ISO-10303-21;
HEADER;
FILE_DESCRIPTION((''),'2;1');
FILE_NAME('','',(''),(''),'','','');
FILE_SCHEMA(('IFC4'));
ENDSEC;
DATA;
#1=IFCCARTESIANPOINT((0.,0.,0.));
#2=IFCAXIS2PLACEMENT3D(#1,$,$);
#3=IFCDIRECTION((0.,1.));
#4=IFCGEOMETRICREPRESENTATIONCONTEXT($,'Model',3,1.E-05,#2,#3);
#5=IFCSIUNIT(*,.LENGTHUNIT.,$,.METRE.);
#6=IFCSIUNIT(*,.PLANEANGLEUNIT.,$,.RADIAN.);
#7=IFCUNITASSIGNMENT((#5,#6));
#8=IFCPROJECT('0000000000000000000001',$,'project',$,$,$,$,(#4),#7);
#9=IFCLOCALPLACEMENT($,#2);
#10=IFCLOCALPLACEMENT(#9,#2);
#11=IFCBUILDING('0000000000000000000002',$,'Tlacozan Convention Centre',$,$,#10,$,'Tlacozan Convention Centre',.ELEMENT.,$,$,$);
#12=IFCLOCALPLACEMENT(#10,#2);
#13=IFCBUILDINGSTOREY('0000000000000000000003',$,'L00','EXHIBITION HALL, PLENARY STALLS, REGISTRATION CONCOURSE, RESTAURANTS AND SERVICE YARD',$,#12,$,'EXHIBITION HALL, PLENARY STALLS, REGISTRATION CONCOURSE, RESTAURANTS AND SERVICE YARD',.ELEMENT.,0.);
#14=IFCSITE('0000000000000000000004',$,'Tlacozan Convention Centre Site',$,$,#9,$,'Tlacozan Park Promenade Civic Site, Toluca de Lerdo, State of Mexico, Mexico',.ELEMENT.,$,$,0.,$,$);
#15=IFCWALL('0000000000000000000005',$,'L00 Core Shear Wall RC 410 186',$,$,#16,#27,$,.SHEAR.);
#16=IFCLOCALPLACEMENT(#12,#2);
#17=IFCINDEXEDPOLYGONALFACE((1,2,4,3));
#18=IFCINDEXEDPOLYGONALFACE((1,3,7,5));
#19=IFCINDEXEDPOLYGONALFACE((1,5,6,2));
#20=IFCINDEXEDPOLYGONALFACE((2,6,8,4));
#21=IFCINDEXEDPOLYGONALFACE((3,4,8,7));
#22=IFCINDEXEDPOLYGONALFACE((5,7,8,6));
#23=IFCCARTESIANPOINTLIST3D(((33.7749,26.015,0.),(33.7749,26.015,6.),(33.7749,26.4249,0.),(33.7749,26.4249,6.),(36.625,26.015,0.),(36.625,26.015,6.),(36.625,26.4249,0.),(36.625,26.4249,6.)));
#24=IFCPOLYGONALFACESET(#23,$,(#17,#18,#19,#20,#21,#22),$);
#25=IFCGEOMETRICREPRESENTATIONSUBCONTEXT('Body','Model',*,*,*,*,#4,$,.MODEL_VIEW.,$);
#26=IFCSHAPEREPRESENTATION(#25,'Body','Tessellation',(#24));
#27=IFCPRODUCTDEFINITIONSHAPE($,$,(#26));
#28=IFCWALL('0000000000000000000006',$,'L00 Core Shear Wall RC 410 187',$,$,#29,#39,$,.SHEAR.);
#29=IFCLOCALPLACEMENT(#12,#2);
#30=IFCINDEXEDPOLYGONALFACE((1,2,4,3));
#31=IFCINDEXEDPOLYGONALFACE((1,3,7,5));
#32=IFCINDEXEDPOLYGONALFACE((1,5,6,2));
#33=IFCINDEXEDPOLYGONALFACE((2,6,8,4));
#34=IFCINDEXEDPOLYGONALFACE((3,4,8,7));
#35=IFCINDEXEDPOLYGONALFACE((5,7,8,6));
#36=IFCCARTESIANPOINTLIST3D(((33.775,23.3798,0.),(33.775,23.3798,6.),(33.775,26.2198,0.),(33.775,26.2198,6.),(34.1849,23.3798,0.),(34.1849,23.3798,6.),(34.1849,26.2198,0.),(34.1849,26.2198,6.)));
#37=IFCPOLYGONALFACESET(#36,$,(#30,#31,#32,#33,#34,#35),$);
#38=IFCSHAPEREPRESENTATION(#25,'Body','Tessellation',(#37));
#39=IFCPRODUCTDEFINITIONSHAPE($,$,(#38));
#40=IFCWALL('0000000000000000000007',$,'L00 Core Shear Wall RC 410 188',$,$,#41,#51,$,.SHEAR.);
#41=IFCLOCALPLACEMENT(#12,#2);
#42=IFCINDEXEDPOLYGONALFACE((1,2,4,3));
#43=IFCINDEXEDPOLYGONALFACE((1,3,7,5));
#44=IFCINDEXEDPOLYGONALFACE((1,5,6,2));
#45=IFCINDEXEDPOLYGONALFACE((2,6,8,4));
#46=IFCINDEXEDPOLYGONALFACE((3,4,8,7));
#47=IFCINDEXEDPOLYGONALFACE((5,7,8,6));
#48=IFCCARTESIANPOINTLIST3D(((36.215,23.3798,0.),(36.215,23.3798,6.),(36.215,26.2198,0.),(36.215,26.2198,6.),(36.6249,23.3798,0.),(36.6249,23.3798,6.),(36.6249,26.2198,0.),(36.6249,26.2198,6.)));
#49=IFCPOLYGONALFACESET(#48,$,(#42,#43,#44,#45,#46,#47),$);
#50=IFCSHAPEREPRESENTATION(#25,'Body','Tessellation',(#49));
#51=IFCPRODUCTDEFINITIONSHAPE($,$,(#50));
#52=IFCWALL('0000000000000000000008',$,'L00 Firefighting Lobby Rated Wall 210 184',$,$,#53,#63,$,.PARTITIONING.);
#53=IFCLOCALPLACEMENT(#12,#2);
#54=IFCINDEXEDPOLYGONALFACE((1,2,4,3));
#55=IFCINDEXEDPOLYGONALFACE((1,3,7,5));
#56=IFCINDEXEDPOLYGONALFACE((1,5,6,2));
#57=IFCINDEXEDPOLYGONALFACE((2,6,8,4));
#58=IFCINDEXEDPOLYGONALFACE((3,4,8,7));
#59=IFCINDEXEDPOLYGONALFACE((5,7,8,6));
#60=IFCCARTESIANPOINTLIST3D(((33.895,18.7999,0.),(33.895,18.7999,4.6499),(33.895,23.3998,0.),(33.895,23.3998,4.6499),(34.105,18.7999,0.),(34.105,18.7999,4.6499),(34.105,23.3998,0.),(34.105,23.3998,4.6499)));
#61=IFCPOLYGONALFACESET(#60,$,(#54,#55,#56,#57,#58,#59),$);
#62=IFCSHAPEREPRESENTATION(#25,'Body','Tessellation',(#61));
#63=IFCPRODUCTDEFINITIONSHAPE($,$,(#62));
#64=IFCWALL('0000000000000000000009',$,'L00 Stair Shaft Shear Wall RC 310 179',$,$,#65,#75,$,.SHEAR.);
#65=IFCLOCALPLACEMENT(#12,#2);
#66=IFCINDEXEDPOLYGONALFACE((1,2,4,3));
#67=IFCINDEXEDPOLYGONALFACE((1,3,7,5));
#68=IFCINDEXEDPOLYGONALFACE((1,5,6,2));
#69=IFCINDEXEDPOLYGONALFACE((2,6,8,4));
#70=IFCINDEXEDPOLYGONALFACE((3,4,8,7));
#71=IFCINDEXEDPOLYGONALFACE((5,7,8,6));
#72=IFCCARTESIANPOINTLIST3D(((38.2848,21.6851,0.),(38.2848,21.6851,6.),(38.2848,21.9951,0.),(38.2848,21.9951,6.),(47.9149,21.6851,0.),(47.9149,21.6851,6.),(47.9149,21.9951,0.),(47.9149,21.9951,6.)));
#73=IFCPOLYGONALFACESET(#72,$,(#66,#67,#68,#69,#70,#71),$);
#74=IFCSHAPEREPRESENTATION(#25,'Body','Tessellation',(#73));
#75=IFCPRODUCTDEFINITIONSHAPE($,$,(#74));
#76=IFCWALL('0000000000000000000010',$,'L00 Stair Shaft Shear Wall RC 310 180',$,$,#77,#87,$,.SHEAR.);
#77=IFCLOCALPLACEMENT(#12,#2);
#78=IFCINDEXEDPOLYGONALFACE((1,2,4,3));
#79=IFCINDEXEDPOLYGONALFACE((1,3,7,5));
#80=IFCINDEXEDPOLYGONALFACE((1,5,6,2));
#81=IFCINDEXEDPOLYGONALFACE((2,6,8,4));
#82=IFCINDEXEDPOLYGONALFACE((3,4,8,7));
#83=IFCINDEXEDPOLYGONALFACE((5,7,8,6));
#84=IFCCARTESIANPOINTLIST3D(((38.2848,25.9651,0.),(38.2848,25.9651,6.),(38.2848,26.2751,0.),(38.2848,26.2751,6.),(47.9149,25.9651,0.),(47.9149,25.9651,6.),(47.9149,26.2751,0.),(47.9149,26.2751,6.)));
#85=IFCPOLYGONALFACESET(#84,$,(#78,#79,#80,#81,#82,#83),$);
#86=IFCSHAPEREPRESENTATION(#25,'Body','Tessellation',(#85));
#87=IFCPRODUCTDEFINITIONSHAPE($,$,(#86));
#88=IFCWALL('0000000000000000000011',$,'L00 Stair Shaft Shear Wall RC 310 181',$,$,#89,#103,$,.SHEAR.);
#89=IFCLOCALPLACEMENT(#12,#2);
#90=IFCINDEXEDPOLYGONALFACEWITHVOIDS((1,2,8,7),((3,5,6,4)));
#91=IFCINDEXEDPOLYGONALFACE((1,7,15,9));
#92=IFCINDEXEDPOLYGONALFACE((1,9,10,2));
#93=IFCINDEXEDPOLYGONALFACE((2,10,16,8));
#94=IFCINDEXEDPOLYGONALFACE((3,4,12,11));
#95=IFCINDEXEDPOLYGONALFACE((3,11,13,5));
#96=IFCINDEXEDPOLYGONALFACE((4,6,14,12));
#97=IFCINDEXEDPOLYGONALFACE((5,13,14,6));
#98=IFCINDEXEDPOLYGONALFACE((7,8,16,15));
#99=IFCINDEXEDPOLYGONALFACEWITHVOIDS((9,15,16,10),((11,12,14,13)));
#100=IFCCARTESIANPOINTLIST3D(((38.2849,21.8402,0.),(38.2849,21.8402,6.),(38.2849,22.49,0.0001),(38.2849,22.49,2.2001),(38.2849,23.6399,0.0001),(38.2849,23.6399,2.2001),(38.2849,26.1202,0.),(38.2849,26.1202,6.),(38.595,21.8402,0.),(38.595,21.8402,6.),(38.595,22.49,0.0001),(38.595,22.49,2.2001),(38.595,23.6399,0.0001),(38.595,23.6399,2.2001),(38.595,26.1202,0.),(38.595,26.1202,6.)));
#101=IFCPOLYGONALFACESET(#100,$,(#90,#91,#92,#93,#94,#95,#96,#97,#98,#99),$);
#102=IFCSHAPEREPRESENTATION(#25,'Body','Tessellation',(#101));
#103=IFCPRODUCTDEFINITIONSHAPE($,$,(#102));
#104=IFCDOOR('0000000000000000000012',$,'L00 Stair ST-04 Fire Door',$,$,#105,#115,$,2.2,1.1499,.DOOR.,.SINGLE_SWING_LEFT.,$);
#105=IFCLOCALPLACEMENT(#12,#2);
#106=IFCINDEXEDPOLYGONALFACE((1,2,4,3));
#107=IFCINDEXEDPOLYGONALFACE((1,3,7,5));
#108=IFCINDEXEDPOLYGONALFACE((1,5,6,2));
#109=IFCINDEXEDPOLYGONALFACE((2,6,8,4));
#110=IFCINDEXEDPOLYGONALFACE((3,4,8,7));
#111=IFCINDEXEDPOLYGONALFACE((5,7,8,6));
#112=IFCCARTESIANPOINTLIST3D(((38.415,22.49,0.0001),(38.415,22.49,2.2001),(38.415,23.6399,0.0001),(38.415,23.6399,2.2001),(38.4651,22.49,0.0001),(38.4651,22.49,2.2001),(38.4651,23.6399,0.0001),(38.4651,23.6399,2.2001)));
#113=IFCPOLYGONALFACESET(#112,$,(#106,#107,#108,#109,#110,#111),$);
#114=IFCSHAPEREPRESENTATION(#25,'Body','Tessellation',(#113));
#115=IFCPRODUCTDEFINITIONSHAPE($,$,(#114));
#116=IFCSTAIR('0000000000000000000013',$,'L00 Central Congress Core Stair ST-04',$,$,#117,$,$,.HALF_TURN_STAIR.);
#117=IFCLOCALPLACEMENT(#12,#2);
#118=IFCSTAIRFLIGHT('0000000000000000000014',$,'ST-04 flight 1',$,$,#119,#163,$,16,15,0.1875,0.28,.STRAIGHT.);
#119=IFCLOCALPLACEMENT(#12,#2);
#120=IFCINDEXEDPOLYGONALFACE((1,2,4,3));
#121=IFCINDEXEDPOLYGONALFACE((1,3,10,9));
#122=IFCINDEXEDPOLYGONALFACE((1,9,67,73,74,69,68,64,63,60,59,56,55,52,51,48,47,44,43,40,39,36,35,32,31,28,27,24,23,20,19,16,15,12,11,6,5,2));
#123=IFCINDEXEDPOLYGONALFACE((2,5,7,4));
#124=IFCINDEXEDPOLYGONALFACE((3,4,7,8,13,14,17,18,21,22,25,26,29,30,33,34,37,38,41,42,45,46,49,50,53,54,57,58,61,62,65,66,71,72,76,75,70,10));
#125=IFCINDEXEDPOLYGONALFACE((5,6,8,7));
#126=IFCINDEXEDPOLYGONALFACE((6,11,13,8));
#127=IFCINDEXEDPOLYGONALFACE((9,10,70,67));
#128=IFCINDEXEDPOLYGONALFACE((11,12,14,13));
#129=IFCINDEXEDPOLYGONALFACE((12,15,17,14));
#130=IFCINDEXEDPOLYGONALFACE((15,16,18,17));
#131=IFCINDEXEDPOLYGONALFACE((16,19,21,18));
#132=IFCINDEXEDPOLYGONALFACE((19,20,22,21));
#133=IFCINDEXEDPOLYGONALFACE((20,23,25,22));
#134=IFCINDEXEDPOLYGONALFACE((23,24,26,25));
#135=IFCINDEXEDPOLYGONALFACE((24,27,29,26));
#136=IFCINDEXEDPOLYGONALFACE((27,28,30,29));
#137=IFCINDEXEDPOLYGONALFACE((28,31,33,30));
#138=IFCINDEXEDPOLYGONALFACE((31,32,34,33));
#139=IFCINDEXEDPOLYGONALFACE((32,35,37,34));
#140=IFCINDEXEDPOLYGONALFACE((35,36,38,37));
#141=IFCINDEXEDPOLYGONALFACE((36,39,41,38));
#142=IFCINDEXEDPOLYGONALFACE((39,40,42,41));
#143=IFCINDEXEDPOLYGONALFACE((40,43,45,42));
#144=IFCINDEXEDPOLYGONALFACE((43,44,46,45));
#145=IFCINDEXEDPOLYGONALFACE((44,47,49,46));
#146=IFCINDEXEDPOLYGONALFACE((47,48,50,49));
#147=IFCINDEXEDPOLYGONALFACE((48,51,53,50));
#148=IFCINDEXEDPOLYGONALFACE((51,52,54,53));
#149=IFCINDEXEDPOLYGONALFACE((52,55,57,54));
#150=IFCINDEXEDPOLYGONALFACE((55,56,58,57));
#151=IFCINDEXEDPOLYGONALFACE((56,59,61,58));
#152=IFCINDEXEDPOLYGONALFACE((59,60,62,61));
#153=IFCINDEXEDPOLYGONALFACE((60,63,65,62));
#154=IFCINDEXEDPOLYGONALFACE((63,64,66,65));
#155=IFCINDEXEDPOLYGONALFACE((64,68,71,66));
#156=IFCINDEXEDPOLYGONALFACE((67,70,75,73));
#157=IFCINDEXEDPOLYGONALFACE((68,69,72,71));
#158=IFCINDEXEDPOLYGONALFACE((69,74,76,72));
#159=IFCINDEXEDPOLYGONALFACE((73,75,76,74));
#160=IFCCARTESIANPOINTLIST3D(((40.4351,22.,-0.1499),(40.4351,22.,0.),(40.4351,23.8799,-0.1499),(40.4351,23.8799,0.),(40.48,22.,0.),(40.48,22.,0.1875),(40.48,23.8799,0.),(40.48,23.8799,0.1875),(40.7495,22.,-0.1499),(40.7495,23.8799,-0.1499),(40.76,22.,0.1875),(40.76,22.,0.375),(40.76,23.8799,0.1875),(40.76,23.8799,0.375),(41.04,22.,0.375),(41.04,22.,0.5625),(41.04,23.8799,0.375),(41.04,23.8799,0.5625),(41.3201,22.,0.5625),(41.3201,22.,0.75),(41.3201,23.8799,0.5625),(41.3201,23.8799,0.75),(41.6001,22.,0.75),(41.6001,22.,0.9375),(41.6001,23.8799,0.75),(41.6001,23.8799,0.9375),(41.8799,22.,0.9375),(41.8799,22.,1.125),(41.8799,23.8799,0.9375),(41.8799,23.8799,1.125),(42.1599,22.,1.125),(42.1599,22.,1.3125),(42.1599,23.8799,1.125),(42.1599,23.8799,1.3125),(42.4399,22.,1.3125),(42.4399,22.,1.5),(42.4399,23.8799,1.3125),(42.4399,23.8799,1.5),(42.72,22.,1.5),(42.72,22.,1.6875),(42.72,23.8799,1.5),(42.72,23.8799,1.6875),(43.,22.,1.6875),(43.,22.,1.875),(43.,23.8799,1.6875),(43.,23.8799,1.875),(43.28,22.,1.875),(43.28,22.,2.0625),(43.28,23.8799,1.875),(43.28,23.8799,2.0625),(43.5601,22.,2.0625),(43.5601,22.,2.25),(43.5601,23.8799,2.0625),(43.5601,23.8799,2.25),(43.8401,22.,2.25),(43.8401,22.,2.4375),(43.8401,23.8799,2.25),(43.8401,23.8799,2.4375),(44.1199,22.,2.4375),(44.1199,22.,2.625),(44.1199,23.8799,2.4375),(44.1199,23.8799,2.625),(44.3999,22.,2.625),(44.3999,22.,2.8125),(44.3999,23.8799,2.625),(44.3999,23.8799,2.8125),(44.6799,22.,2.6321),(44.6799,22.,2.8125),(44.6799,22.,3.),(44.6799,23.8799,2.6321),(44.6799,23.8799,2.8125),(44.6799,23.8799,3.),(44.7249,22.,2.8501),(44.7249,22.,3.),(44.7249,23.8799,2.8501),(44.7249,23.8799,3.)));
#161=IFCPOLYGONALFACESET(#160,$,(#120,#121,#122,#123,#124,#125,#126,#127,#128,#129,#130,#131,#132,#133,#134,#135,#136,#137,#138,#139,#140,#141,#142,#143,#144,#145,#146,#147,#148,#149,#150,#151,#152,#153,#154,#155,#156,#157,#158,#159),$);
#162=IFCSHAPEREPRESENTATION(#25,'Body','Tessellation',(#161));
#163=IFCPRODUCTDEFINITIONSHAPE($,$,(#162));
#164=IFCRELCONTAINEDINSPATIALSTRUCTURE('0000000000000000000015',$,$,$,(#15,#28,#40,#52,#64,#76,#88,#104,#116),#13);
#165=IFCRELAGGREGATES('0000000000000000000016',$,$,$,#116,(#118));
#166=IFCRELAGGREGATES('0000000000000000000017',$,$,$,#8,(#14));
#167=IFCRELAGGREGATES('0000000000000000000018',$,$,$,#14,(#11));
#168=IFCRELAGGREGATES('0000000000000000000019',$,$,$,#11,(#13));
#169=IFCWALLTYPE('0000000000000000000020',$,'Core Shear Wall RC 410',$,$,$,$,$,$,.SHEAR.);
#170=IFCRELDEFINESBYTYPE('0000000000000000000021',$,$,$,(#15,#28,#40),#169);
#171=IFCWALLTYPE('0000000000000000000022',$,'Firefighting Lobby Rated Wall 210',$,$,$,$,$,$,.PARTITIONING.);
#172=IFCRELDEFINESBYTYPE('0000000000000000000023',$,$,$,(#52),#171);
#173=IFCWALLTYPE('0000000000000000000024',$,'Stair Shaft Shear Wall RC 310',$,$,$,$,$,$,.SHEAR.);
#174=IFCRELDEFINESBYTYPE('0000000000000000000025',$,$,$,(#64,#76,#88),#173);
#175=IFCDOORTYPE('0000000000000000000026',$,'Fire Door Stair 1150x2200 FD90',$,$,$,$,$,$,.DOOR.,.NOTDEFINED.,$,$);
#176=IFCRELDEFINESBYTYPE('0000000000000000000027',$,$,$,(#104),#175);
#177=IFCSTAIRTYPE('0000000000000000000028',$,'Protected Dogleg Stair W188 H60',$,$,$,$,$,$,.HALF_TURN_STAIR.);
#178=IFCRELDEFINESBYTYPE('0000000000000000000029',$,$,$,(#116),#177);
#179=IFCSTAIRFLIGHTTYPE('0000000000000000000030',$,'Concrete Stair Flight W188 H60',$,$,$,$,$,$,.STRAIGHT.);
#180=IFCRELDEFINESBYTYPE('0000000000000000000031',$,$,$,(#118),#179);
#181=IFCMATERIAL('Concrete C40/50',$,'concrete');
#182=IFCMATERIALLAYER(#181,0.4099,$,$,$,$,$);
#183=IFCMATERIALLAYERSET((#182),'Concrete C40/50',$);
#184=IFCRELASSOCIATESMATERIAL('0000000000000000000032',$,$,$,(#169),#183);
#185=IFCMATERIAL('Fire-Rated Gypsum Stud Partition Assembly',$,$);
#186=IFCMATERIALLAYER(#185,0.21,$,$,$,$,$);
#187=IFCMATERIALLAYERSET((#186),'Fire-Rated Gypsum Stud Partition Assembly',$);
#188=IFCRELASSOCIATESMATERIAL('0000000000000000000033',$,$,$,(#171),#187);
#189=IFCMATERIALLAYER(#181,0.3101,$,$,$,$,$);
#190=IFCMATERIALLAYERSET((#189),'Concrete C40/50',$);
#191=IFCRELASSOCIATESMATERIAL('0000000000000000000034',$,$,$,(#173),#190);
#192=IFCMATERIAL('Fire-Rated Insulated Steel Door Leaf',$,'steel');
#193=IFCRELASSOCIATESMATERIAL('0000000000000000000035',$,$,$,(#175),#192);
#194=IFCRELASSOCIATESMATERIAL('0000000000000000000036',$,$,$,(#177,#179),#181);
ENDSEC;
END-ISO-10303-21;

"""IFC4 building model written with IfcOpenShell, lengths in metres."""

from ifc_helpers import new_model, si_unit, direction, frame, frame_2d, origin, place, context, subcontext, project, spatial, polyline, rectangle, outline, extrude, material, layer, layer_set, type_object, element, fill, aggregate, save


model = new_model("IFC4")

# Units and contexts
model_context = context("Model", 3, precision=1e-05, world=origin(), true_north=direction((0.0, 1.0)))
body_context = subcontext(model_context, "Body", "Model", "MODEL_VIEW")
ifc_project = project(units=[si_unit("LENGTHUNIT", "METRE"), si_unit("PLANEANGLEUNIT", "RADIAN")], contexts=[model_context])

# Site, building, storey
site_placement = place(None, origin())
site = spatial("IfcSite", under=ifc_project, at=site_placement, Name="Tlacozan Convention Centre Site", LongName="Tlacozan Park Promenade Civic Site, Toluca de Lerdo, State of Mexico, Mexico", CompositionType="ELEMENT", RefElevation=0.0)
building_placement = place(site_placement, origin())
building = spatial("IfcBuilding", under=site, at=building_placement, Name="Tlacozan Convention Centre", LongName="Tlacozan Convention Centre", CompositionType="ELEMENT")
storey_placement = place(building_placement, origin())
storey = spatial("IfcBuildingStorey", under=building, at=storey_placement, Name="L00", Description="EXHIBITION HALL, PLENARY STALLS, REGISTRATION CONCOURSE, RESTAURANTS AND SERVICE YARD", LongName="EXHIBITION HALL, PLENARY STALLS, REGISTRATION CONCOURSE, RESTAURANTS AND SERVICE YARD", CompositionType="ELEMENT", Elevation=0.0)

# Shared definitions
ifc_material_1 = material(Name="Concrete C40/50", Category="concrete")
ifc_layer_1 = layer(ifc_material_1, 0.4099)
ifc_layer_set_1 = layer_set([ifc_layer_1], Name="Concrete C40/50")
wall_type_1 = type_object("IfcWallType", Name="Core Shear Wall RC 410", PredefinedType="SHEAR", material=ifc_layer_set_1)

# Walls
wall_1_placement = place(storey_placement, frame((33.7749, 26.22, 0.0), z_axis=(0.0, 0.0, 1.0), x_axis=(1.0, 0.0, 0.0)))
element("IfcWall", 1, at=wall_1_placement, inside=storey, type_object=wall_type_1, Name="L00 Core Shear Wall RC 410 186", PredefinedType="SHEAR", context=body_context, shape_type="SweptSolid", body=[
    extrude(rectangle(XDim=2.8501, YDim=0.4099, at=frame_2d((1.425, 0.0))), origin(), (0.0, 0.0, 1.0), 6.0),
])
for number, where, z_axis, x_axis, name in (
    (2, (33.98, 23.3799, 0.0), (0.0, 0.0, 1.0), (0.0, 1.0, 0.0), "L00 Core Shear Wall RC 410 187"),
    (3, (36.4199, 23.3799, 0.0), (0.0, 0.0, 1.0), (0.0, 1.0, 0.0), "L00 Core Shear Wall RC 410 188"),
):
    element("IfcWall", number, at=place(storey_placement, frame(where, z_axis=z_axis, x_axis=x_axis)), inside=storey, type_object=wall_type_1, Name=name, PredefinedType="SHEAR", context=body_context, shape_type="SweptSolid", body=[
        extrude(rectangle(XDim=2.8401, YDim=0.4099, at=frame_2d((1.4199, 0.0))), origin(), (0.0, 0.0, 1.0), 6.0),
    ])

# Shared definitions
ifc_material_2 = material(Name="Fire-Rated Gypsum Stud Partition Assembly")
ifc_layer_2 = layer(ifc_material_2, 0.21)
ifc_layer_set_2 = layer_set([ifc_layer_2], Name="Fire-Rated Gypsum Stud Partition Assembly")
wall_type_2 = type_object("IfcWallType", Name="Firefighting Lobby Rated Wall 210", PredefinedType="PARTITIONING", material=ifc_layer_set_2)
ifc_material_3 = material(Name="Fire-Rated Insulated Steel Door Leaf", Category="steel")

# Walls
wall_2_placement = place(storey_placement, frame((34.0, 18.8, 0.0), z_axis=(0.0, 0.0, 1.0), x_axis=(0.0, 1.0, 0.0)))
element("IfcWall", 4, at=wall_2_placement, inside=storey, type_object=wall_type_2, Name="L00 Firefighting Lobby Rated Wall 210 184", PredefinedType="PARTITIONING", context=body_context, shape_type="SweptSolid", body=[
    extrude(rectangle(XDim=4.5999, YDim=0.21, at=frame_2d((2.2998, 0.0))), origin(), (0.0, 0.0, 1.0), 4.6499),
])
ifc_layer_3 = layer(ifc_material_1, 0.3101)
ifc_layer_set_3 = layer_set([ifc_layer_3], Name="Concrete C40/50")
wall_type_3 = type_object("IfcWallType", Name="Stair Shaft Shear Wall RC 310", PredefinedType="SHEAR", material=ifc_layer_set_3)
for number, where, z_axis, x_axis, name in (
    (5, (38.2849, 21.8401, 0.0), (0.0, 0.0, 1.0), (1.0, 0.0, 0.0), "L00 Stair Shaft Shear Wall RC 310 179"),
    (6, (38.2849, 26.1201, 0.0), (0.0, 0.0, 1.0), (1.0, 0.0, 0.0), "L00 Stair Shaft Shear Wall RC 310 180"),
):
    element("IfcWall", number, at=place(storey_placement, frame(where, z_axis=z_axis, x_axis=x_axis)), inside=storey, type_object=wall_type_3, Name=name, PredefinedType="SHEAR", context=body_context, shape_type="SweptSolid", body=[
        extrude(rectangle(XDim=9.6301, YDim=0.3101, at=frame_2d((4.8149, 0.0))), origin(), (0.0, 0.0, 1.0), 6.0),
    ])

# Wall, opening, door
wall_3_placement = place(storey_placement, frame((38.4399, 21.8401, 0.0), z_axis=(0.0, 0.0, 1.0), x_axis=(0.0, 1.0, 0.0)))
wall_3 = element("IfcWall", 7, at=wall_3_placement, inside=storey, type_object=wall_type_3, Name="L00 Stair Shaft Shear Wall RC 310 181", PredefinedType="SHEAR", context=body_context, shape_type="SweptSolid", body=[
    extrude(rectangle(XDim=4.28, YDim=0.3101, at=frame_2d((2.1401, 0.0))), origin(), (0.0, 0.0, 1.0), 6.0),
])
opening_1_placement = place(wall_3_placement, frame((0.6499, 0.0, 0.0)))
opening_1 = element("IfcOpeningElement", 8, at=opening_1_placement, cuts=wall_3, PredefinedType="OPENING", context=body_context, shape_type="SweptSolid", body=[
    extrude(rectangle(XDim=1.1499, YDim=2.2, at=frame_2d((0.575, 1.1001))), frame((0.0, 0.165, 0.0), z_axis=(0.0, -1.0, 0.0), x_axis=(1.0, 0.0, 0.0)), (0.0, 0.0, 1.0), 0.3301),
])
door_type_1 = type_object("IfcDoorType", Name="Fire Door Stair 1150x2200 FD90", OperationType="NOTDEFINED", PredefinedType="DOOR", material=ifc_material_3)
door_1_placement = place(opening_1_placement, origin())
door_1 = element("IfcDoor", 9, at=door_1_placement, inside=storey, type_object=door_type_1, Name="L00 Stair ST-04 Fire Door", OperationType="SINGLE_SWING_LEFT", OverallHeight=2.2, OverallWidth=1.1499, PredefinedType="DOOR", context=body_context, shape_type="SweptSolid", body=[
    extrude(rectangle(XDim=1.1499, YDim=2.2, at=frame_2d((0.575, 1.1001))), frame((0.0, 0.0249, 0.0), z_axis=(0.0, -1.0, 0.0), x_axis=(1.0, 0.0, 0.0)), (0.0, 0.0, 1.0), 0.05),
])
fill(opening_1, door_1)

# Stair, stair flight
stair_type = type_object("IfcStairType", Name="Protected Dogleg Stair W188 H60", PredefinedType="HALF_TURN_STAIR", material=ifc_material_1)
stair_placement = place(storey_placement, origin())
stair = element("IfcStair", 10, at=stair_placement, inside=storey, type_object=stair_type, Name="L00 Central Congress Core Stair ST-04", PredefinedType="HALF_TURN_STAIR")
stair_flight_type = type_object("IfcStairFlightType", Name="Concrete Stair Flight W188 H60", PredefinedType="STRAIGHT", material=ifc_material_1)
stair_flight_placement = place(storey_placement, frame((40.48, 22.9399, 0.0), z_axis=(0.0, 0.0, 1.0), x_axis=(1.0, 0.0, 0.0)))
stair_flight = element("IfcStairFlight", 11, at=stair_flight_placement, type_object=stair_flight_type, Name="ST-04 flight 1", NumberOfRisers=16, NumberOfTreads=15, PredefinedType="STRAIGHT", RiserHeight=0.1875, TreadLength=0.28, context=body_context, shape_type="SweptSolid", body=[
    extrude(outline(polyline([(-0.0449, -0.1499), (-0.0449, 0.0), (0.0, 0.0), (0.0, 0.1875), (0.28, 0.1875), (0.28, 0.375), (0.5601, 0.375), (0.5601, 0.5625), (0.8401, 0.5625), (0.8401, 0.75), (1.1201, 0.75), (1.1201, 0.9375), (1.3999, 0.9375), (1.3999, 1.125), (1.6799, 1.125), (1.6799, 1.3125), (1.96, 1.3125), (1.96, 1.5), (2.24, 1.5), (2.24, 1.6875), (2.52, 1.6875), (2.52, 1.875), (2.8, 1.875), (2.8, 2.0625), (3.0801, 2.0625), (3.0801, 2.25), (3.3601, 2.25), (3.3601, 2.4375), (3.6399, 2.4375), (3.6399, 2.625), (3.9199, 2.625), (3.9199, 2.8125), (4.2, 2.8125), (4.2, 3.0), (4.2449, 3.0), (4.2449, 2.8501), (4.2, 2.6321), (0.2695, -0.1499), (-0.0449, -0.1499)])), frame((0.0, 0.9399, 0.0), z_axis=(0.0, -1.0, 0.0), x_axis=(1.0, 0.0, 0.0)), (0.0, 0.0, 1.0), 1.8799),
])
aggregate(stair, [stair_flight])

save(model, "model.ifc")
